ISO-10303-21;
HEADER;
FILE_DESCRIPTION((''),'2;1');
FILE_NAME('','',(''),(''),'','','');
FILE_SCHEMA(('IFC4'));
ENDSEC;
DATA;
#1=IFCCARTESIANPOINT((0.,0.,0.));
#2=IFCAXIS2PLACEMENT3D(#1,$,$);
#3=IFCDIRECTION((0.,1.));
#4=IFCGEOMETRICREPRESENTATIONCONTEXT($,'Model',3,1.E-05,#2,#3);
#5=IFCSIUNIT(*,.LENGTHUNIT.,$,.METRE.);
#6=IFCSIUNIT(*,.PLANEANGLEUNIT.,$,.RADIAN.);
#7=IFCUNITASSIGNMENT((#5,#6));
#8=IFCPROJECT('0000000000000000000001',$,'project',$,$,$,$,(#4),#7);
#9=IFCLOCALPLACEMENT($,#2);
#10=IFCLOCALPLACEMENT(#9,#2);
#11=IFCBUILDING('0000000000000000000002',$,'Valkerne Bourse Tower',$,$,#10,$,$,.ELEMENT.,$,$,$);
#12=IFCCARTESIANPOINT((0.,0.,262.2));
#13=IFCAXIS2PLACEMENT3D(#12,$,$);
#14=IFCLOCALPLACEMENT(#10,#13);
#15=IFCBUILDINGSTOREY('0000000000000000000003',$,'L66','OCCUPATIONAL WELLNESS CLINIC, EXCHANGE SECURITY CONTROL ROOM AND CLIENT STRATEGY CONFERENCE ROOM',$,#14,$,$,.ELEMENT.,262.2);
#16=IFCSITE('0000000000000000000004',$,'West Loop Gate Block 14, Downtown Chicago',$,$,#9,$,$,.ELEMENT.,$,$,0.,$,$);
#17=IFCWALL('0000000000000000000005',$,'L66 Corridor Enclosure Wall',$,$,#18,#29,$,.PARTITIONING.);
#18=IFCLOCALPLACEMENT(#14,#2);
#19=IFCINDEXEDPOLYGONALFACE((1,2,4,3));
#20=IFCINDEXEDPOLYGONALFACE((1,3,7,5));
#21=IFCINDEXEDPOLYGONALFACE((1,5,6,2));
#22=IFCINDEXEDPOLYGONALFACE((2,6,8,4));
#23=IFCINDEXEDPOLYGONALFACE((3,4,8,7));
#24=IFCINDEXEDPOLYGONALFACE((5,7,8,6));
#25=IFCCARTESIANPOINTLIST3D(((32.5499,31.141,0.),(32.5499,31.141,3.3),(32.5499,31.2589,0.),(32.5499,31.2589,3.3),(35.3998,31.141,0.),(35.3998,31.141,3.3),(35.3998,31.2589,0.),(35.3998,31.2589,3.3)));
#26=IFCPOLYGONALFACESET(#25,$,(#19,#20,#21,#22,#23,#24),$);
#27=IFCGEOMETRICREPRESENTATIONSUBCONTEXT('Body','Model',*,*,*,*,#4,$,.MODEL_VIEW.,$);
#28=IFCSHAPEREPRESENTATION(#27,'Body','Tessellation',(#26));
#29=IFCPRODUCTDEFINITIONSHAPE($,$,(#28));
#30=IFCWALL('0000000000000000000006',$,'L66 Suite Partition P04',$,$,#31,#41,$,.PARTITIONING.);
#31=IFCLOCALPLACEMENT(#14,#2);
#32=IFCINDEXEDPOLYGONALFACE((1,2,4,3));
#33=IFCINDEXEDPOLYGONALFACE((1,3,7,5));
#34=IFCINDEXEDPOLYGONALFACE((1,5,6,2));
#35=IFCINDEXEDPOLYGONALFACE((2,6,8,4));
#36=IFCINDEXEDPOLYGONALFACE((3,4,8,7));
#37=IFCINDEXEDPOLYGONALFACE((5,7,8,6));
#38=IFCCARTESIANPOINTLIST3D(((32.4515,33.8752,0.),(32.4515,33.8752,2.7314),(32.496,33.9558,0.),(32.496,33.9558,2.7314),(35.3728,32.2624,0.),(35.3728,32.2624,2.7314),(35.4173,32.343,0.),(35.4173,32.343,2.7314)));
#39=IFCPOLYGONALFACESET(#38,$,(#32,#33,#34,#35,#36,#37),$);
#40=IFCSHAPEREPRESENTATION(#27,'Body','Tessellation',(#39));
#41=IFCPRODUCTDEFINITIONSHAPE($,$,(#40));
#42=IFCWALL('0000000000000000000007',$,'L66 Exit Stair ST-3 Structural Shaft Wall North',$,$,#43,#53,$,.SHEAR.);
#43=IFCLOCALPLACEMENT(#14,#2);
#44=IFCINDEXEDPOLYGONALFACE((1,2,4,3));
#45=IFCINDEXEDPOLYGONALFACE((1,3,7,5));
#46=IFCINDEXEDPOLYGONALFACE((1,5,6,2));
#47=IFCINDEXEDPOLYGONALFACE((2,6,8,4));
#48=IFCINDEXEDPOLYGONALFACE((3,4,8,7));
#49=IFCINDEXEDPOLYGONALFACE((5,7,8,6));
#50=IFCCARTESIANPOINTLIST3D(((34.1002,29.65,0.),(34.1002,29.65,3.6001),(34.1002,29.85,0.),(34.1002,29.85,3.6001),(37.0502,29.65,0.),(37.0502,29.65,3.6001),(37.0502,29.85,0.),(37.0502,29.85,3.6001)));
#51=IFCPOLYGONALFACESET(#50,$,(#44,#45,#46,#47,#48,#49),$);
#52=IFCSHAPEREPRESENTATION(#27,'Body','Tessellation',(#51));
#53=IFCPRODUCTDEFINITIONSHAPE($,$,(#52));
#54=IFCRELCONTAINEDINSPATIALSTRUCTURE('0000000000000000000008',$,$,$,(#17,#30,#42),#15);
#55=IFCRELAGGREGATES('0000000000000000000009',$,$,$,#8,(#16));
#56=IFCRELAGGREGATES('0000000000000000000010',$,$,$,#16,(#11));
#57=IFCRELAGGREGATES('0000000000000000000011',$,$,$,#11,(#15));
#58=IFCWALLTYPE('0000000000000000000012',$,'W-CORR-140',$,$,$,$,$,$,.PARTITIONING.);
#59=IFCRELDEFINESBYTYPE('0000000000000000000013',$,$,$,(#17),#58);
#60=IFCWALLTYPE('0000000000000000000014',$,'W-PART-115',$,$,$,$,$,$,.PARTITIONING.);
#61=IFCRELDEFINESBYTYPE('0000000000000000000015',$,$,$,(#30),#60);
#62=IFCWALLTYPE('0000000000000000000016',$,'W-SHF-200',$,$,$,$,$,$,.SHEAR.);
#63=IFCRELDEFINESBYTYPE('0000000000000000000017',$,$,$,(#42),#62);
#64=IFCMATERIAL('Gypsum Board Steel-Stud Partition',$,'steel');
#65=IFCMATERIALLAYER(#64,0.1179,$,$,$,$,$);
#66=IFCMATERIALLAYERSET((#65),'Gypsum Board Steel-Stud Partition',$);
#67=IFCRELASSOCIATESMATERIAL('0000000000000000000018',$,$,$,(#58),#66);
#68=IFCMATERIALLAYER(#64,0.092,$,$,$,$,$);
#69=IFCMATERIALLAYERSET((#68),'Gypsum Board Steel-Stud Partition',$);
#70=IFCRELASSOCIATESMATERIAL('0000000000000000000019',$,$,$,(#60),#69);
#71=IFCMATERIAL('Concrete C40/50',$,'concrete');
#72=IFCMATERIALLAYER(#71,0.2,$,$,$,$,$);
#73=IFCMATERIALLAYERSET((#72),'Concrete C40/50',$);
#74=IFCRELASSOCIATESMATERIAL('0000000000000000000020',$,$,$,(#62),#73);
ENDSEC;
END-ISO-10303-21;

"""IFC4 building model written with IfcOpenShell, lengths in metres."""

from ifc_helpers import new_model, si_unit, direction, frame, frame_2d, origin, place, context, subcontext, project, spatial, rectangle, extrude, material, layer, layer_set, type_object, element, save


model = new_model("IFC4")

# Units and contexts
model_context = context("Model", 3, precision=1e-05, world=origin(), true_north=direction((0.0, 1.0)))
body_context = subcontext(model_context, "Body", "Model", "MODEL_VIEW")
ifc_project = project(units=[si_unit("LENGTHUNIT", "METRE"), si_unit("PLANEANGLEUNIT", "RADIAN")], contexts=[model_context])

# Site, building, storey
site_placement = place(None, origin())
site = spatial("IfcSite", under=ifc_project, at=site_placement, Name="West Loop Gate Block 14, Downtown Chicago", CompositionType="ELEMENT", RefElevation=0.0)
building_placement = place(site_placement, origin())
building = spatial("IfcBuilding", under=site, at=building_placement, Name="Valkerne Bourse Tower", CompositionType="ELEMENT")
storey_placement = place(building_placement, frame((0.0, 0.0, 262.2)))
storey = spatial("IfcBuildingStorey", under=building, at=storey_placement, Name="L66", Description="OCCUPATIONAL WELLNESS CLINIC, EXCHANGE SECURITY CONTROL ROOM AND CLIENT STRATEGY CONFERENCE ROOM", CompositionType="ELEMENT", Elevation=262.2)

# Walls
ifc_material_1 = material(Name="Gypsum Board Steel-Stud Partition", Category="steel")
ifc_layer_1 = layer(ifc_material_1, 0.1179)
ifc_layer_set_1 = layer_set([ifc_layer_1], Name="Gypsum Board Steel-Stud Partition")
wall_type_1 = type_object("IfcWallType", Name="W-CORR-140", PredefinedType="PARTITIONING", material=ifc_layer_set_1)
wall_1_placement = place(storey_placement, frame((32.55, 31.2, 0.0), z_axis=(0.0, 0.0, 1.0), x_axis=(1.0, 0.0, 0.0)))
element("IfcWall", 1, at=wall_1_placement, inside=storey, type_object=wall_type_1, Name="L66 Corridor Enclosure Wall", PredefinedType="PARTITIONING", context=body_context, shape_type="SweptSolid", body=[
    extrude(rectangle(XDim=2.8499, YDim=0.1179, at=frame_2d((1.4248, 0.0))), origin(), (0.0, 0.0, 1.0), 3.3),
])
ifc_layer_2 = layer(ifc_material_1, 0.092)
ifc_layer_set_2 = layer_set([ifc_layer_2], Name="Gypsum Board Steel-Stud Partition")
wall_type_2 = type_object("IfcWallType", Name="W-PART-115", PredefinedType="PARTITIONING", material=ifc_layer_set_2)
wall_2_placement = place(storey_placement, frame((35.395, 32.3027, 0.0), z_axis=(0.0, 0.0, 1.0), x_axis=(-0.875452, 0.483306, 0.0)))
element("IfcWall", 2, at=wall_2_placement, inside=storey, type_object=wall_type_2, Name="L66 Suite Partition P04", PredefinedType="PARTITIONING", context=body_context, shape_type="SweptSolid", body=[
    extrude(rectangle(XDim=3.3369, YDim=0.092, at=frame_2d((1.6685, 0.0))), origin(), (0.0, 0.0, 1.0), 2.7314),
])
ifc_material_2 = material(Name="Concrete C40/50", Category="concrete")
ifc_layer_3 = layer(ifc_material_2, 0.2)
ifc_layer_set_3 = layer_set([ifc_layer_3], Name="Concrete C40/50")
wall_type_3 = type_object("IfcWallType", Name="W-SHF-200", PredefinedType="SHEAR", material=ifc_layer_set_3)
wall_3_placement = place(storey_placement, frame((34.1001, 29.75, 0.0), z_axis=(0.0, 0.0, 1.0), x_axis=(1.0, 0.0, 0.0)))
element("IfcWall", 3, at=wall_3_placement, inside=storey, type_object=wall_type_3, Name="L66 Exit Stair ST-3 Structural Shaft Wall North", PredefinedType="SHEAR", context=body_context, shape_type="SweptSolid", body=[
    extrude(rectangle(XDim=2.95, YDim=0.2, at=frame_2d((1.4751, 0.0))), origin(), (0.0, 0.0, 1.0), 3.6001),
])

save(model, "model.ifc")
